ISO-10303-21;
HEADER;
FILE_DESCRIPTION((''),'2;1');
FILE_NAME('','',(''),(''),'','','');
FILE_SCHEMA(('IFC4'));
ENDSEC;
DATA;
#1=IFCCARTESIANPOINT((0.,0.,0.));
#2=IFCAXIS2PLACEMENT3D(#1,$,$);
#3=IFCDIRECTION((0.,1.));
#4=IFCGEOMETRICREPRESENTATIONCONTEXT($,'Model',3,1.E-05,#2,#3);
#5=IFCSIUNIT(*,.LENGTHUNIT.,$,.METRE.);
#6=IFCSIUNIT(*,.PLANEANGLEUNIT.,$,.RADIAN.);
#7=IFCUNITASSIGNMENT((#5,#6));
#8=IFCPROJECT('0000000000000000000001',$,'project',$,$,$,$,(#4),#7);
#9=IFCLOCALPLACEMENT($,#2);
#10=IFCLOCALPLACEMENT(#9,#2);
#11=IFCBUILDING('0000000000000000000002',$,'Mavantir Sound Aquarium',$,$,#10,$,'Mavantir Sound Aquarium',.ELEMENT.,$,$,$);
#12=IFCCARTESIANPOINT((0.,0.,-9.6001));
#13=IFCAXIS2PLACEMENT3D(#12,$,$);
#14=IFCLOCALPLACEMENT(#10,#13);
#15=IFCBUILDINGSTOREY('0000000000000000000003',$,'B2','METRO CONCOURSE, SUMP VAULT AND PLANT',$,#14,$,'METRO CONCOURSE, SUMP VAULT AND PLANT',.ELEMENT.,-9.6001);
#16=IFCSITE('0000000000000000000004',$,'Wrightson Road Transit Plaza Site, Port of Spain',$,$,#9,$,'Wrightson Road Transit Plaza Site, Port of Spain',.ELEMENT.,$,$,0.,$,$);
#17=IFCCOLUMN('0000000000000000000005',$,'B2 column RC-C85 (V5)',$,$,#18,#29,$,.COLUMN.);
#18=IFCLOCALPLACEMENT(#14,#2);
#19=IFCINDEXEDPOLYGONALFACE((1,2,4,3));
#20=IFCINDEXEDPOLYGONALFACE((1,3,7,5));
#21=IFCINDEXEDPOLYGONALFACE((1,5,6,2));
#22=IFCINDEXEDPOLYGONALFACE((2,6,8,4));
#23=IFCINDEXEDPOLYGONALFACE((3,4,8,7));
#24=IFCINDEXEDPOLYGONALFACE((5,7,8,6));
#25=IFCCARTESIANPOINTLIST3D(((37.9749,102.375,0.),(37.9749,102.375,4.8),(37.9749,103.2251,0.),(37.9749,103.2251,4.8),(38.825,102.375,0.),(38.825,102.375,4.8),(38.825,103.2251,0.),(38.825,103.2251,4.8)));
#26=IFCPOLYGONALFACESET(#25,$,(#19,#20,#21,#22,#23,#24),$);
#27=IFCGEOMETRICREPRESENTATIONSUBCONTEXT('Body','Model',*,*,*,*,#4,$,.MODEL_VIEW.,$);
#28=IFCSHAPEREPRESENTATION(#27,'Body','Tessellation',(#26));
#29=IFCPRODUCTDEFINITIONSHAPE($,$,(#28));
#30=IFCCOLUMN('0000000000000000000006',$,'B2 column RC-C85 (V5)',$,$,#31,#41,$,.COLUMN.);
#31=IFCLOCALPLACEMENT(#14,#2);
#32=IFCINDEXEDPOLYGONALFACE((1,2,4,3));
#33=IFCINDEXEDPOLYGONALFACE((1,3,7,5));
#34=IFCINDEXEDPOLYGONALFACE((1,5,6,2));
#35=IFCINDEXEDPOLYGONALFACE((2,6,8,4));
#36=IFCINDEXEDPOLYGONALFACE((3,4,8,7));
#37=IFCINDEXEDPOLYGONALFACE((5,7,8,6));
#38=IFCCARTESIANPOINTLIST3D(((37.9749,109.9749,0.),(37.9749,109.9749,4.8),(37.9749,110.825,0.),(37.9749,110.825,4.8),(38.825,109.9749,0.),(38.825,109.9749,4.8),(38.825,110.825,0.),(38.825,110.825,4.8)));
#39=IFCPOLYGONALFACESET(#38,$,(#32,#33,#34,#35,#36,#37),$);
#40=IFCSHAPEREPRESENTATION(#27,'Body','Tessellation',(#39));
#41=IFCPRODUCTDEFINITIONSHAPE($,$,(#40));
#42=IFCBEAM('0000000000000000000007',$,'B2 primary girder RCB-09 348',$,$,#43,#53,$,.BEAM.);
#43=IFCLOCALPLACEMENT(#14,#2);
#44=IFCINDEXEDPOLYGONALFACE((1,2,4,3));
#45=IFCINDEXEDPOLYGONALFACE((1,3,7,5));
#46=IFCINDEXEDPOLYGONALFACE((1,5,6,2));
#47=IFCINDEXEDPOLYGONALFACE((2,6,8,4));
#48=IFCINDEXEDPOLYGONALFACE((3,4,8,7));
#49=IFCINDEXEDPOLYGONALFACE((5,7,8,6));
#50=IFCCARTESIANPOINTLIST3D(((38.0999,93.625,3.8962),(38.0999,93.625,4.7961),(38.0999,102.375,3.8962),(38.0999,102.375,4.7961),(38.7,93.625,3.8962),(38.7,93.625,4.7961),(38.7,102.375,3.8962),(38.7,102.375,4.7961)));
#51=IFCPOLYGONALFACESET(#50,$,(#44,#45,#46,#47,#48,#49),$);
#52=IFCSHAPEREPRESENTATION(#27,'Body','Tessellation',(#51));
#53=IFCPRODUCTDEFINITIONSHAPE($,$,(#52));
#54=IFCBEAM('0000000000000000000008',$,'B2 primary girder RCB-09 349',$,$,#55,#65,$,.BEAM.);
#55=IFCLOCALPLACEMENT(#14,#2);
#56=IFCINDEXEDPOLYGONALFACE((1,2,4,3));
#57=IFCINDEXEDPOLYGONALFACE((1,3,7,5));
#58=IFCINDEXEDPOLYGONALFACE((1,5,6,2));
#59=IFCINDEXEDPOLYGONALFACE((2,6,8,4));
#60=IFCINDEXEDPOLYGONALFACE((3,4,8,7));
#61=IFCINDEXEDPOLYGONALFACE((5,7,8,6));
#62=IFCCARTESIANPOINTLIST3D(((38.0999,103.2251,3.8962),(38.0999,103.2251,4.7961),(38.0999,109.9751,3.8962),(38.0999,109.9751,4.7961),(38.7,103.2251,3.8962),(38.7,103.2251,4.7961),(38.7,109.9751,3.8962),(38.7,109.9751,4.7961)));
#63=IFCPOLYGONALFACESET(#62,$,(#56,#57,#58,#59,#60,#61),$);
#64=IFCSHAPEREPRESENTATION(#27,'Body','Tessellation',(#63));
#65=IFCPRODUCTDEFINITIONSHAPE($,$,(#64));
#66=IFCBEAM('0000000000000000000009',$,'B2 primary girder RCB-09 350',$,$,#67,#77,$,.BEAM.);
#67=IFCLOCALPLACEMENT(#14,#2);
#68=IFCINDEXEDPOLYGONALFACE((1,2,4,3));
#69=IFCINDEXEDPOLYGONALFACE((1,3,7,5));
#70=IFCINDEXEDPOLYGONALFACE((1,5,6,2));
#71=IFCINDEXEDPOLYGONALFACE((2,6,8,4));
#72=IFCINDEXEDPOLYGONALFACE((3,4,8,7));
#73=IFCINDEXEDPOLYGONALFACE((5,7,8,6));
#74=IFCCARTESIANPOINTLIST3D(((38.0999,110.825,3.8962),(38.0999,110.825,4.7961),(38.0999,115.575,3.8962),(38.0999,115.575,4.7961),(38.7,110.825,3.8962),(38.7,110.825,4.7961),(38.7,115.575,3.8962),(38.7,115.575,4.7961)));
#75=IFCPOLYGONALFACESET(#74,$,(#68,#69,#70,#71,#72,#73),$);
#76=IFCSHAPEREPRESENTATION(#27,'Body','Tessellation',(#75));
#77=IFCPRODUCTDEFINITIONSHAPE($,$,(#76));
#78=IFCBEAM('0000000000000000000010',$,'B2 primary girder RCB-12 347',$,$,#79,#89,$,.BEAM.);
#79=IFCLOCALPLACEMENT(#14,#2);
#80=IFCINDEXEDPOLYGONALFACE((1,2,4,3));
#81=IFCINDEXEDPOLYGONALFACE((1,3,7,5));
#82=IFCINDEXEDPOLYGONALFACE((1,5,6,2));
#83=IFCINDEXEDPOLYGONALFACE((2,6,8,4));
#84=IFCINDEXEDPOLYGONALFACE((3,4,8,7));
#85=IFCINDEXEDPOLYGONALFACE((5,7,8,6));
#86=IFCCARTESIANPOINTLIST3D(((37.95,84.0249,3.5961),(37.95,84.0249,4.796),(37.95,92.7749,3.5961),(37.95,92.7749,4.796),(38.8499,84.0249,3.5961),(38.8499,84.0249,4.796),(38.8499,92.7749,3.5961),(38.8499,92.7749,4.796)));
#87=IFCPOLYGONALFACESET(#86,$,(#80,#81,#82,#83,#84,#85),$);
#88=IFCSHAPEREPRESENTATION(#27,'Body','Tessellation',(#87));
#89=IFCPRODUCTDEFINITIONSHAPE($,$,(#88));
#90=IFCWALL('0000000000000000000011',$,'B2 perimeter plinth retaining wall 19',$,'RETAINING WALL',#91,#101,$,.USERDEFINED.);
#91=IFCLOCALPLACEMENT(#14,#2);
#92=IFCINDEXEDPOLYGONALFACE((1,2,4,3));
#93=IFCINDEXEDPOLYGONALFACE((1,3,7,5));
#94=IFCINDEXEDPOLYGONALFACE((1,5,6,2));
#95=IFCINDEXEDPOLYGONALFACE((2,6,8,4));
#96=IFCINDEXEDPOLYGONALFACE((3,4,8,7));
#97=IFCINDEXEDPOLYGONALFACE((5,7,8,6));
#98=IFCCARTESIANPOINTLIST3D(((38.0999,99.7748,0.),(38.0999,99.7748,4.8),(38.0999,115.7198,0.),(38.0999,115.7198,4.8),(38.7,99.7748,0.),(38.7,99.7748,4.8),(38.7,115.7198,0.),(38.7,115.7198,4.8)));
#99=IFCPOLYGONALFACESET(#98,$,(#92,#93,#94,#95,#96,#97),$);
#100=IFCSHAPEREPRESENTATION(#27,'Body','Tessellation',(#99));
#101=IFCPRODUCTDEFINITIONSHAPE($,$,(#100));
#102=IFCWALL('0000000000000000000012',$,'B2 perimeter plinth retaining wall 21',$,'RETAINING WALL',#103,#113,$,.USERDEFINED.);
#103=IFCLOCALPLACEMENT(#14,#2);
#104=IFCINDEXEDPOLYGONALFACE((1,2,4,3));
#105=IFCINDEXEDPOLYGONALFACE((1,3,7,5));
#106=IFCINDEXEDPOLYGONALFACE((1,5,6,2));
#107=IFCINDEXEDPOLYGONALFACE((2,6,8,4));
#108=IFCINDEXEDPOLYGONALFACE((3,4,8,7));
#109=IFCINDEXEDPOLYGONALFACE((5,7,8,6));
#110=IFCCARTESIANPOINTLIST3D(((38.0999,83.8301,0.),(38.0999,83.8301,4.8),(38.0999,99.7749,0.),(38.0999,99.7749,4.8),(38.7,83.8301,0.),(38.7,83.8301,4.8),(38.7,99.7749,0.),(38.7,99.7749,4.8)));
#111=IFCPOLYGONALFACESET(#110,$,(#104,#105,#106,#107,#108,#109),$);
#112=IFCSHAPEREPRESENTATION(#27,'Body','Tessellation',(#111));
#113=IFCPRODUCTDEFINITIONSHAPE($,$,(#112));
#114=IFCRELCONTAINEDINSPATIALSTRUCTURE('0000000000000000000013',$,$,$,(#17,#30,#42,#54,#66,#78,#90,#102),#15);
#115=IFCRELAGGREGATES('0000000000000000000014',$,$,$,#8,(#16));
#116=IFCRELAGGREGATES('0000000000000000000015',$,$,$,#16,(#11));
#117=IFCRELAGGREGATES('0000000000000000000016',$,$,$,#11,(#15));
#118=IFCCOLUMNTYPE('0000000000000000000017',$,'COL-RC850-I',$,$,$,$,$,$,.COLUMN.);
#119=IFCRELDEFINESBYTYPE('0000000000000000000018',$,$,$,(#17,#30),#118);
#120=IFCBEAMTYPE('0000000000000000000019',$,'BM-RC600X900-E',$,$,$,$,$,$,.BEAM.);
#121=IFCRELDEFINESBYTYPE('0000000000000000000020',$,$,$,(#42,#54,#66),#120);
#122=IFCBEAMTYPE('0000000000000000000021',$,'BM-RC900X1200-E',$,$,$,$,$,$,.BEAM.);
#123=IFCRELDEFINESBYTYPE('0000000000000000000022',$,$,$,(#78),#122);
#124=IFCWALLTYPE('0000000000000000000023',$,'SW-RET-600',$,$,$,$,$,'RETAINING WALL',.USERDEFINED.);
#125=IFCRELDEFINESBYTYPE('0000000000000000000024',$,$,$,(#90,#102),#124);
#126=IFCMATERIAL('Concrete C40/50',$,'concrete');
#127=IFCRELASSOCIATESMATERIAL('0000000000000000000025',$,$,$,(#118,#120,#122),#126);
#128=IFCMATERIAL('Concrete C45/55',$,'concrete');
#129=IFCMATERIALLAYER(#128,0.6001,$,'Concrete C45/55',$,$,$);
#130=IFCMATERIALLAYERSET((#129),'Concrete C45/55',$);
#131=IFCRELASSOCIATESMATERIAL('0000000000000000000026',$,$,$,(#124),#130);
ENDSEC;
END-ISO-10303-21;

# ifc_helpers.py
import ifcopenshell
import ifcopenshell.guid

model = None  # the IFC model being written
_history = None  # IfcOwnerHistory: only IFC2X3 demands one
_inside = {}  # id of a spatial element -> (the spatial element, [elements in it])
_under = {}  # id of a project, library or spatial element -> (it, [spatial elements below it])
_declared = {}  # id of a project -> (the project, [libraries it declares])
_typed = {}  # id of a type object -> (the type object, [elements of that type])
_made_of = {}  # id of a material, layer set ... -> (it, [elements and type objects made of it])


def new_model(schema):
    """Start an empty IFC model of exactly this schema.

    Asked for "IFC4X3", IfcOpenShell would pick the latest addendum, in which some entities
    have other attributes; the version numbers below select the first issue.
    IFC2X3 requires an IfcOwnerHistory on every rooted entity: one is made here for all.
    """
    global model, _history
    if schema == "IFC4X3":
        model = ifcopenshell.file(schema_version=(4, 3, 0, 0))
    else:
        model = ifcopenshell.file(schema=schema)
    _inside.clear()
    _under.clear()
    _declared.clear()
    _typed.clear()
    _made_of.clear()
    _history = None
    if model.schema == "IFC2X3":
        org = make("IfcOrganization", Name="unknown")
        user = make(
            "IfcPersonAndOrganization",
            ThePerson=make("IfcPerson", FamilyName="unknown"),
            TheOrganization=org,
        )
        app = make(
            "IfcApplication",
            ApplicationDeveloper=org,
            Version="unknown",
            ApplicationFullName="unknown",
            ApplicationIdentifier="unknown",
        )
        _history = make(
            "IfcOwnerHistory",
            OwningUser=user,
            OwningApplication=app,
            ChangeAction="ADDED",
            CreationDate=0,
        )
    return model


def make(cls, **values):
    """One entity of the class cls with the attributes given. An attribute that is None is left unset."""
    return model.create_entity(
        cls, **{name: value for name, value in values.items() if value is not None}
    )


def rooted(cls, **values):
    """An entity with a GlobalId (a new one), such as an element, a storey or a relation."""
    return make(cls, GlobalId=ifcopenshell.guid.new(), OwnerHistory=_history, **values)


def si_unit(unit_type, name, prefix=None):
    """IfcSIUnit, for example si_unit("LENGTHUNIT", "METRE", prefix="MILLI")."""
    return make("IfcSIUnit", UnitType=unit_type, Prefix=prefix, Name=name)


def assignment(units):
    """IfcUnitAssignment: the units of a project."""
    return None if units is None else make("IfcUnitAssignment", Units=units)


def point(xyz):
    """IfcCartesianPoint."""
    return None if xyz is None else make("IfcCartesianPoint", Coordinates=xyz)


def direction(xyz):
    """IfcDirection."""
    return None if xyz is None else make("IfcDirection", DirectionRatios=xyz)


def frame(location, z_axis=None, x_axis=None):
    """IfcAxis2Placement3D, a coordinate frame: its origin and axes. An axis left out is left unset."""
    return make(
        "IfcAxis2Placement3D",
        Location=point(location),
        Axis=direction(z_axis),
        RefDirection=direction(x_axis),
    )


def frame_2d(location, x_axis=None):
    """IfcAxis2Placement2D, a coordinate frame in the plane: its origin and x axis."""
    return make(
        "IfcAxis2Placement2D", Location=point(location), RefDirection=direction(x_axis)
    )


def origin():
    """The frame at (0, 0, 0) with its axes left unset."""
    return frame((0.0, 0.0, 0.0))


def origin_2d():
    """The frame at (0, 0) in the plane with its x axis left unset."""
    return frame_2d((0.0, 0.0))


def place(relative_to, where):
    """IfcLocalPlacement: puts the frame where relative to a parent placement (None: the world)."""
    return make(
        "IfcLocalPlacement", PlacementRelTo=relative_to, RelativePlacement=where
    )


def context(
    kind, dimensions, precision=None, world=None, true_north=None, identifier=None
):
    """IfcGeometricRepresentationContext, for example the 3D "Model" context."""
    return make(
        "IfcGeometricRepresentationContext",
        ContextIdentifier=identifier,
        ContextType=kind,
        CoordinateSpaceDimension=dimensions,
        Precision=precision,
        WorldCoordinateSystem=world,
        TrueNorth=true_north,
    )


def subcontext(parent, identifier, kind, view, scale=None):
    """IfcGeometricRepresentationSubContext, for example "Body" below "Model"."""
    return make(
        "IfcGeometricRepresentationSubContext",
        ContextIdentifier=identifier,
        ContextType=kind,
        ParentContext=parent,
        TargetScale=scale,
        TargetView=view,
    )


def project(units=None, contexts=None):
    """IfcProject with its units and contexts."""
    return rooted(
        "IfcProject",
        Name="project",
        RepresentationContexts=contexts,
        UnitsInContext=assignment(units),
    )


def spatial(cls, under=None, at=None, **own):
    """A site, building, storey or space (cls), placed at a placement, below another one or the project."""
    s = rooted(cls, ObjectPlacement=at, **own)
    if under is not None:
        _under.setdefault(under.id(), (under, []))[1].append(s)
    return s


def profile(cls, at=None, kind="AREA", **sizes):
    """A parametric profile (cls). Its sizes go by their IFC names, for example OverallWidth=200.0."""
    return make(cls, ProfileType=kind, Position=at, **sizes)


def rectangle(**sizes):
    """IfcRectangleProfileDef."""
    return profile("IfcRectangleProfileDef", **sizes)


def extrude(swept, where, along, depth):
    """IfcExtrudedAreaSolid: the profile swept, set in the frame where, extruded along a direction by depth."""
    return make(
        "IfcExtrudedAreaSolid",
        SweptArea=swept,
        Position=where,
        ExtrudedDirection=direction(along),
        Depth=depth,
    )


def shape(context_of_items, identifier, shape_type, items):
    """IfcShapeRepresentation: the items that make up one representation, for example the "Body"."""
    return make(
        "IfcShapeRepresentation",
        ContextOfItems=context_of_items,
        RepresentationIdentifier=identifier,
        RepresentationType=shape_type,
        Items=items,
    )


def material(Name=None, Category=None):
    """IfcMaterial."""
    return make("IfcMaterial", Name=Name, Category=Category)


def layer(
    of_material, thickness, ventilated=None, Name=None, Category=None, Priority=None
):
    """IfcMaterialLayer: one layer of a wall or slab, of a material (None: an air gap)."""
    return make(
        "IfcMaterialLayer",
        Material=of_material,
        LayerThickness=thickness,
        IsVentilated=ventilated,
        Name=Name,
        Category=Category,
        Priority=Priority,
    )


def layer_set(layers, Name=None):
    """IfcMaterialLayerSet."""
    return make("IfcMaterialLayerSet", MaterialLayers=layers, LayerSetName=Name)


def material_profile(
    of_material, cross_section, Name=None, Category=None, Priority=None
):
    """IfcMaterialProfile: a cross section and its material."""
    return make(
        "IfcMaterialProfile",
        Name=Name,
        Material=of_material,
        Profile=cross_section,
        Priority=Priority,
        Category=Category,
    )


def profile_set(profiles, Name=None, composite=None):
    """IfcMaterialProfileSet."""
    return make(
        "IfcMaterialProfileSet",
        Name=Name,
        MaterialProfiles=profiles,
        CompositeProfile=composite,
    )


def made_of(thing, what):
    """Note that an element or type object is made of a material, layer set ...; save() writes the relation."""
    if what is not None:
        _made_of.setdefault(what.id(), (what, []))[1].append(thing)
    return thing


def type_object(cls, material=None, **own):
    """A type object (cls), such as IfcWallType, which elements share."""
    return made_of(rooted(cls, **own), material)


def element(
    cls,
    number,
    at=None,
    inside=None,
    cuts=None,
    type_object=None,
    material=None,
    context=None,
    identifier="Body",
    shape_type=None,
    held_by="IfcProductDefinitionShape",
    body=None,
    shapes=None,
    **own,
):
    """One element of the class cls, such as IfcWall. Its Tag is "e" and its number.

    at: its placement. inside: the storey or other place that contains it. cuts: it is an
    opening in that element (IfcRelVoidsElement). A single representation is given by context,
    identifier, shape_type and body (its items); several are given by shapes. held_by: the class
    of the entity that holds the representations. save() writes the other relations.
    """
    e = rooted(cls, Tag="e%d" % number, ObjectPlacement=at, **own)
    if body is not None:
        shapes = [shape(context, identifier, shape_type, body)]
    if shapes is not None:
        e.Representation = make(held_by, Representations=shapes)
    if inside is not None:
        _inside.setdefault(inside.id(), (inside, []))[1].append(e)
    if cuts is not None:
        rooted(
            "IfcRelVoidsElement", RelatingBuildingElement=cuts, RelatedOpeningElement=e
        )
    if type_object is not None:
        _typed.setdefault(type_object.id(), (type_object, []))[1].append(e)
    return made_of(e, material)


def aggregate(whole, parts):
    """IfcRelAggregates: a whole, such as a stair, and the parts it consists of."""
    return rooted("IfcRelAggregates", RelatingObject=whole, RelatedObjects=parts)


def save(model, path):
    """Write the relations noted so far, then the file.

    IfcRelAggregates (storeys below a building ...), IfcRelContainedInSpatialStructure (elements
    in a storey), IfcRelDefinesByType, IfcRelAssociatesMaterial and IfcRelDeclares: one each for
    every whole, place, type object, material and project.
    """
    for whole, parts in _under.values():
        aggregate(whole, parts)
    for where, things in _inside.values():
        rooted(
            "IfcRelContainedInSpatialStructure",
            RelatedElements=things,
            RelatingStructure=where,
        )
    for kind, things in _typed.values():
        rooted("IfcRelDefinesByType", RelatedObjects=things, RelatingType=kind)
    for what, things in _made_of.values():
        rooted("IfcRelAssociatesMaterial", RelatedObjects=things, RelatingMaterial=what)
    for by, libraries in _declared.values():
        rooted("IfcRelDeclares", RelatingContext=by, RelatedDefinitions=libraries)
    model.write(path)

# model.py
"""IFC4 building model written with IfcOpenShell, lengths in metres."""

from ifc_helpers import new_model, si_unit, direction, frame, frame_2d, origin, origin_2d, place, context, subcontext, project, spatial, rectangle, extrude, material, layer, layer_set, material_profile, profile_set, type_object, element, save


model = new_model("IFC4")

# Units and contexts
model_context = context("Model", 3, precision=1e-05, world=origin(), true_north=direction((0.0, 1.0)))
body_context = subcontext(model_context, "Body", "Model", "MODEL_VIEW")
ifc_project = project(units=[si_unit("LENGTHUNIT", "METRE"), si_unit("PLANEANGLEUNIT", "RADIAN")], contexts=[model_context])

# Site, building, storey
site_placement = place(None, origin())
site = spatial("IfcSite", under=ifc_project, at=site_placement, Name="Wrightson Road Transit Plaza Site, Port of Spain", LongName="Wrightson Road Transit Plaza Site, Port of Spain", CompositionType="ELEMENT", RefElevation=0.0)
building_placement = place(site_placement, origin())
building = spatial("IfcBuilding", under=site, at=building_placement, Name="Mavantir Sound Aquarium", LongName="Mavantir Sound Aquarium", CompositionType="ELEMENT")
storey_placement = place(building_placement, frame((0.0, 0.0, -9.6001)))
storey = spatial("IfcBuildingStorey", under=building, at=storey_placement, Name="B2", Description="METRO CONCOURSE, SUMP VAULT AND PLANT", LongName="METRO CONCOURSE, SUMP VAULT AND PLANT", CompositionType="ELEMENT", Elevation=-9.6001)

# Shared definitions
ifc_material_1 = material(Name="Concrete C40/50", Category="concrete")

# Columns
ifc_material_profile_1 = material_profile(ifc_material_1, rectangle(XDim=0.8501, YDim=0.8501, at=origin_2d()), Name="RC 850X850")
ifc_profile_set_1 = profile_set([ifc_material_profile_1], Name="Concrete C40/50")
column_type_1 = type_object("IfcColumnType", Name="COL-RC850-I", PredefinedType="COLUMN", material=ifc_profile_set_1)
for number, where, z_axis, x_axis, name in (
    (1, (38.3999, 102.8, 0.0), (0.0, 0.0, 1.0), (1.0, 0.0, 0.0), "B2 column RC-C85 (V5)"),
    (2, (38.3999, 110.3999, 0.0), (0.0, 0.0, 1.0), (1.0, 0.0, 0.0), "B2 column RC-C85 (V5)"),
):
    element("IfcColumn", number, at=place(storey_placement, frame(where, z_axis=z_axis, x_axis=x_axis)), inside=storey, type_object=column_type_1, Name=name, PredefinedType="COLUMN", context=body_context, shape_type="SweptSolid", body=[
        extrude(rectangle(XDim=0.8501, YDim=0.8501, at=origin_2d()), origin(), (0.0, 0.0, 1.0), 4.8),
    ])

# Beams
ifc_material_profile_2 = material_profile(ifc_material_1, rectangle(XDim=0.6001, YDim=0.8999, at=origin_2d()), Name="RC 600X900")
ifc_profile_set_2 = profile_set([ifc_material_profile_2], Name="Concrete C40/50")
beam_type_1 = type_object("IfcBeamType", Name="BM-RC600X900-E", PredefinedType="BEAM", material=ifc_profile_set_2)
beam_1_placement = place(storey_placement, frame((38.3999, 93.625, 4.3462), z_axis=(0.0, 1.0, 0.0), x_axis=(-1.0, 0.0, 0.0)))
element("IfcBeam", 3, at=beam_1_placement, inside=storey, type_object=beam_type_1, Name="B2 primary girder RCB-09 348", PredefinedType="BEAM", context=body_context, shape_type="SweptSolid", body=[
    extrude(rectangle(XDim=0.6001, YDim=0.8999, at=origin_2d()), origin(), (0.0, 0.0, 1.0), 8.75),
])
beam_2_placement = place(storey_placement, frame((38.3999, 103.2251, 4.3462), z_axis=(0.0, 1.0, 0.0), x_axis=(-1.0, 0.0, 0.0)))
element("IfcBeam", 4, at=beam_2_placement, inside=storey, type_object=beam_type_1, Name="B2 primary girder RCB-09 349", PredefinedType="BEAM", context=body_context, shape_type="SweptSolid", body=[
    extrude(rectangle(XDim=0.6001, YDim=0.8999, at=origin_2d()), origin(), (0.0, 0.0, 1.0), 6.75),
])
beam_3_placement = place(storey_placement, frame((38.3999, 110.825, 4.3462), z_axis=(0.0, 1.0, 0.0), x_axis=(-1.0, 0.0, 0.0)))
element("IfcBeam", 5, at=beam_3_placement, inside=storey, type_object=beam_type_1, Name="B2 primary girder RCB-09 350", PredefinedType="BEAM", context=body_context, shape_type="SweptSolid", body=[
    extrude(rectangle(XDim=0.6001, YDim=0.8999, at=origin_2d()), origin(), (0.0, 0.0, 1.0), 4.75),
])
ifc_material_profile_3 = material_profile(ifc_material_1, rectangle(XDim=0.8999, YDim=1.2, at=origin_2d()), Name="RC 900X1200")
ifc_profile_set_3 = profile_set([ifc_material_profile_3], Name="Concrete C40/50")
beam_type_2 = type_object("IfcBeamType", Name="BM-RC900X1200-E", PredefinedType="BEAM", material=ifc_profile_set_3)
beam_4_placement = place(storey_placement, frame((38.3999, 84.0249, 4.196), z_axis=(0.0, 1.0, 0.0), x_axis=(-1.0, 0.0, 0.0)))
element("IfcBeam", 6, at=beam_4_placement, inside=storey, type_object=beam_type_2, Name="B2 primary girder RCB-12 347", PredefinedType="BEAM", context=body_context, shape_type="SweptSolid", body=[
    extrude(rectangle(XDim=0.8999, YDim=1.2, at=origin_2d()), origin(), (0.0, 0.0, 1.0), 8.75),
])

# Walls
ifc_material_2 = material(Name="Concrete C45/55", Category="concrete")
ifc_layer = layer(ifc_material_2, 0.6001, Name="Concrete C45/55")
ifc_layer_set = layer_set([ifc_layer], Name="Concrete C45/55")
wall_type = type_object("IfcWallType", Name="SW-RET-600", ElementType="RETAINING WALL", PredefinedType="USERDEFINED", material=ifc_layer_set)
wall_1_placement = place(storey_placement, frame((38.3999, 115.72, 0.0), z_axis=(0.0, 0.0, 1.0), x_axis=(0.0, -1.0, 0.0)))
element("IfcWall", 7, at=wall_1_placement, inside=storey, type_object=wall_type, Name="B2 perimeter plinth retaining wall 19", ObjectType="RETAINING WALL", PredefinedType="USERDEFINED", context=body_context, shape_type="SweptSolid", body=[
    extrude(rectangle(XDim=15.9451, YDim=0.6001, at=frame_2d((7.9727, 0.0))), origin(), (0.0, 0.0, 1.0), 4.8),
])
wall_2_placement = place(storey_placement, frame((38.3999, 99.7749, 0.0), z_axis=(0.0, 0.0, 1.0), x_axis=(0.0, -1.0, 0.0)))
element("IfcWall", 8, at=wall_2_placement, inside=storey, type_object=wall_type, Name="B2 perimeter plinth retaining wall 21", ObjectType="RETAINING WALL", PredefinedType="USERDEFINED", context=body_context, shape_type="SweptSolid", body=[
    extrude(rectangle(XDim=15.9448, YDim=0.6001, at=frame_2d((7.9724, 0.0))), origin(), (0.0, 0.0, 1.0), 4.8),
])

save(model, "model.ifc")
